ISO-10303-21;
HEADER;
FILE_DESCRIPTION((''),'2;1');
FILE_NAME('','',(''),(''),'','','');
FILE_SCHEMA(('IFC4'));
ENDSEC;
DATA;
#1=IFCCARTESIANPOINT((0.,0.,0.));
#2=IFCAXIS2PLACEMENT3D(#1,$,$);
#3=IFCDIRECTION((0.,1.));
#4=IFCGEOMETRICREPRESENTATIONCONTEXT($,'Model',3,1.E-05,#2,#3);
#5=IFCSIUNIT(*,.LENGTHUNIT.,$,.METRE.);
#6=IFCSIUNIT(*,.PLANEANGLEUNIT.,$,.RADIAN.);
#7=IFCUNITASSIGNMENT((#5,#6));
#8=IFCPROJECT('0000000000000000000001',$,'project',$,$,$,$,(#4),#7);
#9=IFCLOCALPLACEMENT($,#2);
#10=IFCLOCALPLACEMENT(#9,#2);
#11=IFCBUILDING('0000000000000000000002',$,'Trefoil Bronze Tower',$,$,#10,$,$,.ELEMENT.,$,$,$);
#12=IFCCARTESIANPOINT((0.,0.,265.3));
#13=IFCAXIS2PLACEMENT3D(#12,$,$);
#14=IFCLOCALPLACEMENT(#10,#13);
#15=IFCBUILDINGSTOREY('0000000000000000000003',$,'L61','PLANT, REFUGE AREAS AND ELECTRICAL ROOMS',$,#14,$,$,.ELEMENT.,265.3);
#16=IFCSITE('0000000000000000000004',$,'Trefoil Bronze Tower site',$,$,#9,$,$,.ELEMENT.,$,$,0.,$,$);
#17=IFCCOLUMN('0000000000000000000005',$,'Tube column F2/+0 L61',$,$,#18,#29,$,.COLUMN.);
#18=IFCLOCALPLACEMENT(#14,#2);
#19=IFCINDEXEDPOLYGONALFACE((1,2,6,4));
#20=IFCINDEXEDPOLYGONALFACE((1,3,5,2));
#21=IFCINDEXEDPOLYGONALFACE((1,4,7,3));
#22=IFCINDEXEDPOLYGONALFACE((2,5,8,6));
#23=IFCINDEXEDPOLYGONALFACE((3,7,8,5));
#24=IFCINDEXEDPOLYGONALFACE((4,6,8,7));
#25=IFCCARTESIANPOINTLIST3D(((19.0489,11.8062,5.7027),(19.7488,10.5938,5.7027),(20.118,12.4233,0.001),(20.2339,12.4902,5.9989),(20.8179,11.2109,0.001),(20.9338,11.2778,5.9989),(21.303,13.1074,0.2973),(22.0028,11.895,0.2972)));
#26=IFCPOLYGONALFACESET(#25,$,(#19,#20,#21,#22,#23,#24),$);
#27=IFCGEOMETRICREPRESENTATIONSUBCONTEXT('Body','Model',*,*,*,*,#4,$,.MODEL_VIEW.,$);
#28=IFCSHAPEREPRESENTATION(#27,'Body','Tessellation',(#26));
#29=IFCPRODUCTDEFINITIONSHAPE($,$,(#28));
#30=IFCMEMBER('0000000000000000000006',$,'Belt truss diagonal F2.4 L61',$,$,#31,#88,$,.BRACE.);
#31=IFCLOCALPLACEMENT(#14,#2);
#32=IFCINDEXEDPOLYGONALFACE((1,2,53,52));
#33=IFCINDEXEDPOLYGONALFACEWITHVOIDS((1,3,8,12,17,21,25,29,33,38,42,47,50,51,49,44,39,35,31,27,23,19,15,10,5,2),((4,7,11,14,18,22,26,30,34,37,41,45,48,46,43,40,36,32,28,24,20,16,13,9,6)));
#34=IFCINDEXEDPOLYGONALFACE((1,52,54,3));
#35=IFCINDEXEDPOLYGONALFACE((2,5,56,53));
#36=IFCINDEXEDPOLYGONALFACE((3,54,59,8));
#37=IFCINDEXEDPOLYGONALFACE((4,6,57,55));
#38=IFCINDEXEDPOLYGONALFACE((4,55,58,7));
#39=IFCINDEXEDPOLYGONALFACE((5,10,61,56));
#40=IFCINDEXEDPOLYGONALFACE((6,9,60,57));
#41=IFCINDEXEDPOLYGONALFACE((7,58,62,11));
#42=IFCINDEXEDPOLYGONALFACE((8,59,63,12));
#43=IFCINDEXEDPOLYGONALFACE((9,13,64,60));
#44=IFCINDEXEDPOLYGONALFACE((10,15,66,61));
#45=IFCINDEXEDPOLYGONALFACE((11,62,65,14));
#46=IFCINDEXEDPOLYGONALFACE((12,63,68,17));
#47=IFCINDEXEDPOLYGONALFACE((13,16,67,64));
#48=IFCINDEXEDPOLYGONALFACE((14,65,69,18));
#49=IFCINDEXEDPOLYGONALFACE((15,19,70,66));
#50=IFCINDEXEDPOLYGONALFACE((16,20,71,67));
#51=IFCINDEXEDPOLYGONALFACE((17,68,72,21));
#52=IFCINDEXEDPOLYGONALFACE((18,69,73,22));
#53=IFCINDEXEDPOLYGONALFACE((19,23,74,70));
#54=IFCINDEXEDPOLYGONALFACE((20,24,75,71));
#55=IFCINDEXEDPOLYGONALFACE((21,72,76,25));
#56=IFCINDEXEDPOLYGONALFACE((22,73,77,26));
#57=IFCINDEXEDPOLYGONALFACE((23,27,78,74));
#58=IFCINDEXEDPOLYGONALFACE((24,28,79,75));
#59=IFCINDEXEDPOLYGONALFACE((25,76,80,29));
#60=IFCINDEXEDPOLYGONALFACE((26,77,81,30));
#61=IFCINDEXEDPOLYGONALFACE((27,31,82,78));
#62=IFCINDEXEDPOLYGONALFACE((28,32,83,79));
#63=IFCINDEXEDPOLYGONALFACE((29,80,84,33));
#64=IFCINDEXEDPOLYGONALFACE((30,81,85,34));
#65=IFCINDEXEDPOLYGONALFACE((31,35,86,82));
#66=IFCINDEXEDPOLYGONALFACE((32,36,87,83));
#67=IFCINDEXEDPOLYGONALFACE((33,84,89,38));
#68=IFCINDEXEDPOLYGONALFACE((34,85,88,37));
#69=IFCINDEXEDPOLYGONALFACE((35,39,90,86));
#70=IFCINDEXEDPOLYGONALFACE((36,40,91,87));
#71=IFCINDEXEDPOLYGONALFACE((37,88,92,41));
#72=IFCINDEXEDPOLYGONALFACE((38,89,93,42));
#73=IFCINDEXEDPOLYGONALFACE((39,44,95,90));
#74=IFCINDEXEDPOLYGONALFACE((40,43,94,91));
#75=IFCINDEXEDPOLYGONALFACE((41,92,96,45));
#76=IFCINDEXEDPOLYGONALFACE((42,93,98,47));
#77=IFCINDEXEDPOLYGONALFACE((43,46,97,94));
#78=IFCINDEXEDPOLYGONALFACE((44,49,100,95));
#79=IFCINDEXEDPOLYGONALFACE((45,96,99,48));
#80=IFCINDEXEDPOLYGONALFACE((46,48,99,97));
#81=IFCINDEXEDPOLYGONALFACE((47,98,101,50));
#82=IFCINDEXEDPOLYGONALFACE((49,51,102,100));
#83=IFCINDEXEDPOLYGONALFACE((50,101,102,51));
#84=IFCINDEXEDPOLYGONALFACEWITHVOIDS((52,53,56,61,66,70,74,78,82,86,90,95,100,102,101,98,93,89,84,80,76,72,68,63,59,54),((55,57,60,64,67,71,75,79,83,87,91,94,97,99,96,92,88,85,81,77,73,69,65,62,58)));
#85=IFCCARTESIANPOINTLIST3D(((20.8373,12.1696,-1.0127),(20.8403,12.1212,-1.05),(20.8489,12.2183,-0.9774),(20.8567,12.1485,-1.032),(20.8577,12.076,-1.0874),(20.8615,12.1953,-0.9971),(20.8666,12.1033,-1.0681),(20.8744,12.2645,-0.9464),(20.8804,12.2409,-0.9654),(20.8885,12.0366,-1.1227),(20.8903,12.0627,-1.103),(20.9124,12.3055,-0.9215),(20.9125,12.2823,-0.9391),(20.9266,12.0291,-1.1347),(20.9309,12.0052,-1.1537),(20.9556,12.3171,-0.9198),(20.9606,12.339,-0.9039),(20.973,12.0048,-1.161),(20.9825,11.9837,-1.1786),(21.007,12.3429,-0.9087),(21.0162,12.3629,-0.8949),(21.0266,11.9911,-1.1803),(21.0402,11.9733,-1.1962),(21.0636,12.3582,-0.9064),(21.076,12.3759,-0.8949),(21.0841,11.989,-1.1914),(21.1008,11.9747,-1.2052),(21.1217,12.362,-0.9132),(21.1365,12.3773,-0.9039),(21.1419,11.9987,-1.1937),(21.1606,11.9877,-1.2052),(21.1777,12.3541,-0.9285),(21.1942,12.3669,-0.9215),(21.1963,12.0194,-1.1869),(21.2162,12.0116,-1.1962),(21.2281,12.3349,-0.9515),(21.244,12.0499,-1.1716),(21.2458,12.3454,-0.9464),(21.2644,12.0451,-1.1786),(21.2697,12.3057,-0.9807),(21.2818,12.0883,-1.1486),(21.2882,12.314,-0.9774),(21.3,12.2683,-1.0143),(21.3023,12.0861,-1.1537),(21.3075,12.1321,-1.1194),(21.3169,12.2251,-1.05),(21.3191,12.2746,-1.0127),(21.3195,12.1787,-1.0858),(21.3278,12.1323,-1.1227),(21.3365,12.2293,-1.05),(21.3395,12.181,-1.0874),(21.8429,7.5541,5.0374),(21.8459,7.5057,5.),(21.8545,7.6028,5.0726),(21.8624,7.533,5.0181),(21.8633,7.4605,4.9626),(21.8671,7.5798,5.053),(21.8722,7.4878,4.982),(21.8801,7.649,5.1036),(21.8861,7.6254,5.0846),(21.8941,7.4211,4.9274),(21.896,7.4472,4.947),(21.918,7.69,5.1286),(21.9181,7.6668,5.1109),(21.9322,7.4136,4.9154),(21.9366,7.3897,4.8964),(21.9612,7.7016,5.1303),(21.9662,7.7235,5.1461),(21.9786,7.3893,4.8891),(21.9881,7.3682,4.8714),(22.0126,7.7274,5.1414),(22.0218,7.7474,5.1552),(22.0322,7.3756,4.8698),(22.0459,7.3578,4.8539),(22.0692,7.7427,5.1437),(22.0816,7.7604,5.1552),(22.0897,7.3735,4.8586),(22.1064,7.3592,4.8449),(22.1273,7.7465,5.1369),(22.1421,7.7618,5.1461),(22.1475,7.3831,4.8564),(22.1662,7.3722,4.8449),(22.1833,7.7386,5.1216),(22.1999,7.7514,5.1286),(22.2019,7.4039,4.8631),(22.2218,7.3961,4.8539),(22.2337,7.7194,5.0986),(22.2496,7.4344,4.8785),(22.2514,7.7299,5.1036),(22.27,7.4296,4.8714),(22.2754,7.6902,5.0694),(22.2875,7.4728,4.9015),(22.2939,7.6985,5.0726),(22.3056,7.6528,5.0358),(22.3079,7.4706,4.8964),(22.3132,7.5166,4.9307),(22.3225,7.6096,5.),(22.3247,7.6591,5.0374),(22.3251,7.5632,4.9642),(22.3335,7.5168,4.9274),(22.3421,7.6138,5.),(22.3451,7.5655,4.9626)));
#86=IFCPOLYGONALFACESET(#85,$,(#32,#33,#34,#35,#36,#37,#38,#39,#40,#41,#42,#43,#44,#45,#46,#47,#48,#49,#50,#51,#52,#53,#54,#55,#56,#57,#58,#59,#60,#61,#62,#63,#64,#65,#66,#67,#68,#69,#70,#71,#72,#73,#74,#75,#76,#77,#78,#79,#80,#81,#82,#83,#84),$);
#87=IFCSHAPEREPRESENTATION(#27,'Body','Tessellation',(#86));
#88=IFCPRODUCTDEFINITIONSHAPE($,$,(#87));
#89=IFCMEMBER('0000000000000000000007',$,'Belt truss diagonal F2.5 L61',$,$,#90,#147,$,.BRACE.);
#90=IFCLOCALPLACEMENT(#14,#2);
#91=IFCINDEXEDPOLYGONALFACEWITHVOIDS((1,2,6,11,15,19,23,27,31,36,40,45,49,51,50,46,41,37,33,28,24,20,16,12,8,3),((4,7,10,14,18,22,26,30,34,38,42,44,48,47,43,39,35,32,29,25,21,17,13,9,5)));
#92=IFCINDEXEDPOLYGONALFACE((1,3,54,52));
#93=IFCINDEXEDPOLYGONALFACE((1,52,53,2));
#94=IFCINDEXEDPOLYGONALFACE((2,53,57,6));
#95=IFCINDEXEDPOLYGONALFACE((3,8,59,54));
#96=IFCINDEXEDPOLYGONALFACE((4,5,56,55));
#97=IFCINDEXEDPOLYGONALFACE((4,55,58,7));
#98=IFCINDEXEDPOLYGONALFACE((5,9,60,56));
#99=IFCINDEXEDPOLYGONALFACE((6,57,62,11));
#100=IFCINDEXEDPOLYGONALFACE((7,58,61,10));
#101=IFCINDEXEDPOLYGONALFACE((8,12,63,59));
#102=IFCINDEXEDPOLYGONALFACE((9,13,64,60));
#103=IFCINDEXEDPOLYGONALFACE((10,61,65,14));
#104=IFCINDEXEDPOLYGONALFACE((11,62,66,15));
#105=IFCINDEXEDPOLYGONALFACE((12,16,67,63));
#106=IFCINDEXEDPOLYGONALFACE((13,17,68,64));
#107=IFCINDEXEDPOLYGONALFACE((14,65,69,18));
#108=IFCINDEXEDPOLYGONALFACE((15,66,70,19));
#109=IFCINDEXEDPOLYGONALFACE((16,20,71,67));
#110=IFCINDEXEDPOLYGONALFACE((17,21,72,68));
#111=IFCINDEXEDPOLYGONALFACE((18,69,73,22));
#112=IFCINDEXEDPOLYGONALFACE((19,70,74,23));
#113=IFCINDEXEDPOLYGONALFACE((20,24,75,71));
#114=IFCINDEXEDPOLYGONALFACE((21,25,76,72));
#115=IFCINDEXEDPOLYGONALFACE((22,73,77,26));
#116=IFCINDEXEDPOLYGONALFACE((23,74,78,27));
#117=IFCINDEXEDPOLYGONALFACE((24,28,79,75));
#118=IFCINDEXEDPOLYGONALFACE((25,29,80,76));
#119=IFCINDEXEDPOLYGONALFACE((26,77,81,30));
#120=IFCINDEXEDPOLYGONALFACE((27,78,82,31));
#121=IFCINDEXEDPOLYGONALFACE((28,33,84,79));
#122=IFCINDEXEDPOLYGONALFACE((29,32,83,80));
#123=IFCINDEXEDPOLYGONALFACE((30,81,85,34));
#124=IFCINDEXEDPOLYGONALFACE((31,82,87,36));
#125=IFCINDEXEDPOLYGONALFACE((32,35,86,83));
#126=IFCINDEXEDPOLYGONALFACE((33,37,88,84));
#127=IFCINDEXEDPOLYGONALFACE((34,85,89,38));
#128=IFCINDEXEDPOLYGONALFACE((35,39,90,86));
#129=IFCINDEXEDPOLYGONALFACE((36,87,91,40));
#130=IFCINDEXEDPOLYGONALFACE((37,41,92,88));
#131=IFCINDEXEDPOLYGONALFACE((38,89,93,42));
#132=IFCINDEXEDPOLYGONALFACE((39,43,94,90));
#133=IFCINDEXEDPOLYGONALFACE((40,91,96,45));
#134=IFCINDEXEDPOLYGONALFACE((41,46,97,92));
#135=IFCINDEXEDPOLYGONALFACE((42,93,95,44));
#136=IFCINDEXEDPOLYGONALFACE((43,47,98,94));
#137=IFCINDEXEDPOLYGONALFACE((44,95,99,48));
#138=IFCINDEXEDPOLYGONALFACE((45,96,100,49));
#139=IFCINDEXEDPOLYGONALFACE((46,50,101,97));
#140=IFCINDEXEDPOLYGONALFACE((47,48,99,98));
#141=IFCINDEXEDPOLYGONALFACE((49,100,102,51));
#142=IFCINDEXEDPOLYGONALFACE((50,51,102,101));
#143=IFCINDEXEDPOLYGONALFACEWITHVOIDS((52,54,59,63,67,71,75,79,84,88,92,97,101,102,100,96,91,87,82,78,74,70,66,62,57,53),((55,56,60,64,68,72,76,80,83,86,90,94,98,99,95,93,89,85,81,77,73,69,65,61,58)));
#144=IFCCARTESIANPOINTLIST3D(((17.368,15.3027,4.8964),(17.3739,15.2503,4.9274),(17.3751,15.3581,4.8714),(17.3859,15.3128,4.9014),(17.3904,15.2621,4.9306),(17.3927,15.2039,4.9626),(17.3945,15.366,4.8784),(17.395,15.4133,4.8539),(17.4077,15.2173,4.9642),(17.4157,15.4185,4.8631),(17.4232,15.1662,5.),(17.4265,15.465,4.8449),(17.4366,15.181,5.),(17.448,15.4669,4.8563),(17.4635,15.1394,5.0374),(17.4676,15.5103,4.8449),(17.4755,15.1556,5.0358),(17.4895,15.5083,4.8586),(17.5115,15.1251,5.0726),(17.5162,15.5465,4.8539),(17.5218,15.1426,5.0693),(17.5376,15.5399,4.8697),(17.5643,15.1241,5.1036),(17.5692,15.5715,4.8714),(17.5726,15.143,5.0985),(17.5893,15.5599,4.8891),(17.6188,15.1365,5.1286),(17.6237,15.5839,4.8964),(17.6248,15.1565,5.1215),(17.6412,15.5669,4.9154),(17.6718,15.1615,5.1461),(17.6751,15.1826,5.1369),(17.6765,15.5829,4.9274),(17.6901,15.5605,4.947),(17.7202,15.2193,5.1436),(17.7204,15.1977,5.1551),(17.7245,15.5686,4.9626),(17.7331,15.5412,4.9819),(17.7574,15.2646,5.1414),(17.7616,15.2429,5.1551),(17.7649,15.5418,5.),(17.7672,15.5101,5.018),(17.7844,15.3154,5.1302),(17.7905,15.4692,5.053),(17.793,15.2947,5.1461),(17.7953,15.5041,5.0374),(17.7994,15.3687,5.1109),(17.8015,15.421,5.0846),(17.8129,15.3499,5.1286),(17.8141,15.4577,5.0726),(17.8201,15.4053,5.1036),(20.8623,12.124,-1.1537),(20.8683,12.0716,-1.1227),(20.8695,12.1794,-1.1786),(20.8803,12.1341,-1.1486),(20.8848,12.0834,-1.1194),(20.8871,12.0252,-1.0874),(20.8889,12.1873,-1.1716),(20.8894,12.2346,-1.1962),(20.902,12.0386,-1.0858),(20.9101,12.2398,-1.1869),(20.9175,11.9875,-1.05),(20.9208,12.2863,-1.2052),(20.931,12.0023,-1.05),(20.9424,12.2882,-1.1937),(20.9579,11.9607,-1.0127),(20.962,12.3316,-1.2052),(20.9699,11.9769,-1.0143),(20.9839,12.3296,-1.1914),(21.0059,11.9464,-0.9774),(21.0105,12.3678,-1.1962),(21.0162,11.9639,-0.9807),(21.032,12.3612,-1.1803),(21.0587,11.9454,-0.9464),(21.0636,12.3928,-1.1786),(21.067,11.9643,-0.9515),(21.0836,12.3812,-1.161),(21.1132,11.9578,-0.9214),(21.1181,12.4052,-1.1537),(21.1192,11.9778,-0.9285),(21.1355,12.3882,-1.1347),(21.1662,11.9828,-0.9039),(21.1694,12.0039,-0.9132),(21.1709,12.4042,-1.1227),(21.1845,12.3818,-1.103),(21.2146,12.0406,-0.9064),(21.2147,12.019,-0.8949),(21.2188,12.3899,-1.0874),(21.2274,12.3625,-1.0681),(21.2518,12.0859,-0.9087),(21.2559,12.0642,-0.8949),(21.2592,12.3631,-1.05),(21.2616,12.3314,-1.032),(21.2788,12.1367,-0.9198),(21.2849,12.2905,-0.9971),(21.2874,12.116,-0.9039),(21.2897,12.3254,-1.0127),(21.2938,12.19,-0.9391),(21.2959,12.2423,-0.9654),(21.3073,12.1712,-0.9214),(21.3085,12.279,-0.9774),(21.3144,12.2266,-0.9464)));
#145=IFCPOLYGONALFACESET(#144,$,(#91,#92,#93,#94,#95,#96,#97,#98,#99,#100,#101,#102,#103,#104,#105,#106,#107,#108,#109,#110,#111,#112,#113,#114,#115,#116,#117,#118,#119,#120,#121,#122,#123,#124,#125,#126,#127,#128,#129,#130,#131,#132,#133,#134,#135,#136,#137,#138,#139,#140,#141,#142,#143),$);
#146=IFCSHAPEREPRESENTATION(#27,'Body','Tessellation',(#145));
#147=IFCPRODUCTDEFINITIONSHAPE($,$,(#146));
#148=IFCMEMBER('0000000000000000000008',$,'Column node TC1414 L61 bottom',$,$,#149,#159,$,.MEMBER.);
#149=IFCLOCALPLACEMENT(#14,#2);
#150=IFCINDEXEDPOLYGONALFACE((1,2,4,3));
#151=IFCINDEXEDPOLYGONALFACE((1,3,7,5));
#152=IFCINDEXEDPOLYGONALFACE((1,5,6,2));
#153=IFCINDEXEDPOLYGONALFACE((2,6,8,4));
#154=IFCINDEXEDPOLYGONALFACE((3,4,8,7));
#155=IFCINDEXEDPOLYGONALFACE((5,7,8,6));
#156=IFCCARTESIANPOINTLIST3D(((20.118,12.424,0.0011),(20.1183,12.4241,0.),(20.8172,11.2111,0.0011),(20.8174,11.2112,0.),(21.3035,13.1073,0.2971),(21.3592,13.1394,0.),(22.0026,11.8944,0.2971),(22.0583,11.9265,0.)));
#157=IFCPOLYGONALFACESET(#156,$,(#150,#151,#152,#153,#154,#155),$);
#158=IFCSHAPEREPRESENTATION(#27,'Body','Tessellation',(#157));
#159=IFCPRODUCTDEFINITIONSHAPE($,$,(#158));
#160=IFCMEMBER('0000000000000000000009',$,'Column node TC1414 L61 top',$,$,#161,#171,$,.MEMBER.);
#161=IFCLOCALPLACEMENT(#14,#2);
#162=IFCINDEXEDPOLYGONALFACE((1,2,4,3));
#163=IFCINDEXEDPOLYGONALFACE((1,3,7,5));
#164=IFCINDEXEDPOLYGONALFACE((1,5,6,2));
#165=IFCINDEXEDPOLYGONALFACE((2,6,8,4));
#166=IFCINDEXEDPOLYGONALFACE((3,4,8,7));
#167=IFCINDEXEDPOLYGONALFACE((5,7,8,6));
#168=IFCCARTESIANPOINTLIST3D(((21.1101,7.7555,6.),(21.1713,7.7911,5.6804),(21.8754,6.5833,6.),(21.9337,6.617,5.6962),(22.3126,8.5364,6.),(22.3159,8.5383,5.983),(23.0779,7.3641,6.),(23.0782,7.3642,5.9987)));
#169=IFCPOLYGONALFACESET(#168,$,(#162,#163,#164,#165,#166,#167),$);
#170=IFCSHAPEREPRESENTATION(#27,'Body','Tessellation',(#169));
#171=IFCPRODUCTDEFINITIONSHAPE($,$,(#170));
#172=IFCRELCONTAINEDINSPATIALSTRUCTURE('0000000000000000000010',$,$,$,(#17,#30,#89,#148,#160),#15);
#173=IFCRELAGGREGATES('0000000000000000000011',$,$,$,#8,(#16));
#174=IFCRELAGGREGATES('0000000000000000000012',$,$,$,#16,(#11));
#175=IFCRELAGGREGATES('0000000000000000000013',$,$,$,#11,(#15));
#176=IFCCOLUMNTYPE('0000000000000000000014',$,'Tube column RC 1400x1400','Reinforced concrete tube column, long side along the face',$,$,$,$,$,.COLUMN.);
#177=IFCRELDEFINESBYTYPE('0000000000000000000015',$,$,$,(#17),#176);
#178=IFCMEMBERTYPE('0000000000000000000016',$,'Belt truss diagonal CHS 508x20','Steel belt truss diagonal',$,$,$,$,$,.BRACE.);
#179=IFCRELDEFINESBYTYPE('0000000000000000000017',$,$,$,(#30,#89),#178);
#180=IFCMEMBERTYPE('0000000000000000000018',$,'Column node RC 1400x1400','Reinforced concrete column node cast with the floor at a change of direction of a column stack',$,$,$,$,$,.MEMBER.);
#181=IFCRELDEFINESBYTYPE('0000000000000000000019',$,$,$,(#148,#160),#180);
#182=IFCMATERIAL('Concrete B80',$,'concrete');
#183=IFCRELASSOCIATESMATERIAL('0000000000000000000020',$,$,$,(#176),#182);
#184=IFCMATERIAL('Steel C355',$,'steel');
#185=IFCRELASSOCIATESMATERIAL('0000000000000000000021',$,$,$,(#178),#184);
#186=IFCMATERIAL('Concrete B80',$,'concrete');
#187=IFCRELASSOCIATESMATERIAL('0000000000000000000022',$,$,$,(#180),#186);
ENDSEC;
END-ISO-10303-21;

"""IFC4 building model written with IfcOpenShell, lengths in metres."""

from ifc_helpers import new_model, si_unit, direction, frame, origin, origin_2d, place, context, subcontext, project, spatial, rectangle, hollow_circle, extrude, clip, halfspace, material, material_profile, profile_set, type_object, element, save


model = new_model("IFC4")

# Units and contexts
model_context = context("Model", 3, precision=1e-05, world=origin(), true_north=direction((0.0, 1.0)))
body_context = subcontext(model_context, "Body", "Model", "MODEL_VIEW")
ifc_project = project(units=[si_unit("LENGTHUNIT", "METRE"), si_unit("PLANEANGLEUNIT", "RADIAN")], contexts=[model_context])

# Site, building, storey
site_placement = place(None, origin())
site = spatial("IfcSite", under=ifc_project, at=site_placement, Name="Trefoil Bronze Tower site", CompositionType="ELEMENT", RefElevation=0.0)
building_placement = place(site_placement, origin())
building = spatial("IfcBuilding", under=site, at=building_placement, Name="Trefoil Bronze Tower", CompositionType="ELEMENT")
storey_placement = place(building_placement, frame((0.0, 0.0, 265.3)))
storey = spatial("IfcBuildingStorey", under=building, at=storey_placement, Name="L61", Description="PLANT, REFUGE AREAS AND ELECTRICAL ROOMS", CompositionType="ELEMENT", Elevation=265.3)

# Column
ifc_material_1 = material(Name="Concrete B80", Category="concrete")
ifc_material_profile_1 = material_profile(ifc_material_1, rectangle(XDim=1.3999, YDim=1.3999, at=origin_2d()), Name="RC 1400x1400")
ifc_profile_set_1 = profile_set([ifc_material_profile_1], Name="Concrete B80")
column_type = type_object("IfcColumnType", Name="Tube column RC 1400x1400", Description="Reinforced concrete tube column, long side along the face", PredefinedType="COLUMN", material=ifc_profile_set_1)
column_placement = place(storey_placement, frame((21.0884, 12.1753, 0.0), z_axis=(-0.183254, -0.105785, 0.977357), x_axis=(-0.499939, 0.86606, 0.0)))
element("IfcColumn", 1, at=column_placement, inside=storey, type_object=column_type, Name="Tube column F2/+0 L61", PredefinedType="COLUMN", context=body_context, shape_type="Clipping", body=[
    clip(clip(extrude(rectangle(XDim=1.3999, YDim=1.3999, at=origin_2d()), origin(), (0.0, 0.0, 1.0), 6.1389), halfspace(frame((0.0, 0.0, 0.1526), z_axis=(-0.000015, 0.000008, 1.0), x_axis=(0.0, 1.0, -0.000008)), True)), halfspace(frame((0.0, 0.0002, 5.9863), z_axis=(0.000015, -0.000008, -1.0), x_axis=(0.0, -1.0, 0.000008)), True)),
])

# Members
ifc_material_2 = material(Name="Steel C355", Category="steel")
ifc_material_profile_2 = material_profile(ifc_material_2, hollow_circle(Radius=0.2539, WallThickness=0.02, at=origin_2d()), Name="CHS 508x20")
ifc_profile_set_2 = profile_set([ifc_material_profile_2], Name="Steel C355")
member_type_1 = type_object("IfcMemberType", Name="Belt truss diagonal CHS 508x20", Description="Steel belt truss diagonal", PredefinedType="BRACE", material=ifc_profile_set_2)
for number, where, z_axis, x_axis, name in (
    (2, (21.0884, 12.1753, -1.05), (0.131012, -0.601307, 0.788204), (0.977077, 0.212885, 0.0), "Belt truss diagonal F2.4 L61"),
    (3, (21.0884, 12.1753, -1.05), (-0.455247, 0.414121, 0.788197), (-0.672904, -0.73973, 0.0), "Belt truss diagonal F2.5 L61"),
):
    element("IfcMember", number, at=place(storey_placement, frame(where, z_axis=z_axis, x_axis=x_axis)), inside=storey, type_object=member_type_1, Name=name, PredefinedType="BRACE", context=body_context, shape_type="SweptSolid", body=[
        extrude(hollow_circle(Radius=0.2539, WallThickness=0.02, at=origin_2d()), origin(), (0.0, 0.0, 1.0), 7.6758),
    ])
ifc_material_3 = material(Name="Concrete B80", Category="concrete")
ifc_material_profile_3 = material_profile(ifc_material_3, rectangle(XDim=1.3999, YDim=1.3999, at=origin_2d()), Name="RC 1400x1400")
ifc_profile_set_3 = profile_set([ifc_material_profile_3], Name="Concrete B80")
member_type_2 = type_object("IfcMemberType", Name="Column node RC 1400x1400", Description="Reinforced concrete column node cast with the floor at a change of direction of a column stack", PredefinedType="MEMBER", material=ifc_profile_set_3)
member_1_placement = place(storey_placement, frame((21.1162, 12.1914, -0.1492), z_axis=(-0.183162, -0.105578, 0.977397), x_axis=(-0.499395, 0.866374, 0.0)))
element("IfcMember", 4, at=member_1_placement, inside=storey, type_object=member_type_2, Name="Column node TC1414 L61 bottom", PredefinedType="MEMBER", context=body_context, shape_type="Clipping", body=[
    clip(extrude(rectangle(XDim=1.3999, YDim=1.3999, at=origin_2d()), origin(), (0.0, 0.0, 1.0), 0.3052), halfspace(frame((0.0, 0.0, 0.1526), z_axis=(0.0, -0.211412, 0.977397), x_axis=(0.0, 0.977397, 0.211412)), True)),
])
member_2_placement = place(storey_placement, frame((22.0632, 7.542, 6.1604), z_axis=(0.187237, 0.108479, -0.976307), x_axis=(0.544551, -0.838652, 0.011251)))
element("IfcMember", 5, at=member_2_placement, inside=storey, type_object=member_type_2, Name="Column node TC1414 L61 top", PredefinedType="MEMBER", context=body_context, shape_type="Clipping", body=[
    clip(extrude(rectangle(XDim=1.3999, YDim=1.3999, at=origin_2d()), origin(), (0.0, 0.0, 1.0), 0.3286), halfspace(frame((0.0, 0.0, 0.1643), z_axis=(-0.011251, 0.216099, 0.976307), x_axis=(0.0, 0.976368, -0.216112)), True)),
])

save(model, "model.ifc")
